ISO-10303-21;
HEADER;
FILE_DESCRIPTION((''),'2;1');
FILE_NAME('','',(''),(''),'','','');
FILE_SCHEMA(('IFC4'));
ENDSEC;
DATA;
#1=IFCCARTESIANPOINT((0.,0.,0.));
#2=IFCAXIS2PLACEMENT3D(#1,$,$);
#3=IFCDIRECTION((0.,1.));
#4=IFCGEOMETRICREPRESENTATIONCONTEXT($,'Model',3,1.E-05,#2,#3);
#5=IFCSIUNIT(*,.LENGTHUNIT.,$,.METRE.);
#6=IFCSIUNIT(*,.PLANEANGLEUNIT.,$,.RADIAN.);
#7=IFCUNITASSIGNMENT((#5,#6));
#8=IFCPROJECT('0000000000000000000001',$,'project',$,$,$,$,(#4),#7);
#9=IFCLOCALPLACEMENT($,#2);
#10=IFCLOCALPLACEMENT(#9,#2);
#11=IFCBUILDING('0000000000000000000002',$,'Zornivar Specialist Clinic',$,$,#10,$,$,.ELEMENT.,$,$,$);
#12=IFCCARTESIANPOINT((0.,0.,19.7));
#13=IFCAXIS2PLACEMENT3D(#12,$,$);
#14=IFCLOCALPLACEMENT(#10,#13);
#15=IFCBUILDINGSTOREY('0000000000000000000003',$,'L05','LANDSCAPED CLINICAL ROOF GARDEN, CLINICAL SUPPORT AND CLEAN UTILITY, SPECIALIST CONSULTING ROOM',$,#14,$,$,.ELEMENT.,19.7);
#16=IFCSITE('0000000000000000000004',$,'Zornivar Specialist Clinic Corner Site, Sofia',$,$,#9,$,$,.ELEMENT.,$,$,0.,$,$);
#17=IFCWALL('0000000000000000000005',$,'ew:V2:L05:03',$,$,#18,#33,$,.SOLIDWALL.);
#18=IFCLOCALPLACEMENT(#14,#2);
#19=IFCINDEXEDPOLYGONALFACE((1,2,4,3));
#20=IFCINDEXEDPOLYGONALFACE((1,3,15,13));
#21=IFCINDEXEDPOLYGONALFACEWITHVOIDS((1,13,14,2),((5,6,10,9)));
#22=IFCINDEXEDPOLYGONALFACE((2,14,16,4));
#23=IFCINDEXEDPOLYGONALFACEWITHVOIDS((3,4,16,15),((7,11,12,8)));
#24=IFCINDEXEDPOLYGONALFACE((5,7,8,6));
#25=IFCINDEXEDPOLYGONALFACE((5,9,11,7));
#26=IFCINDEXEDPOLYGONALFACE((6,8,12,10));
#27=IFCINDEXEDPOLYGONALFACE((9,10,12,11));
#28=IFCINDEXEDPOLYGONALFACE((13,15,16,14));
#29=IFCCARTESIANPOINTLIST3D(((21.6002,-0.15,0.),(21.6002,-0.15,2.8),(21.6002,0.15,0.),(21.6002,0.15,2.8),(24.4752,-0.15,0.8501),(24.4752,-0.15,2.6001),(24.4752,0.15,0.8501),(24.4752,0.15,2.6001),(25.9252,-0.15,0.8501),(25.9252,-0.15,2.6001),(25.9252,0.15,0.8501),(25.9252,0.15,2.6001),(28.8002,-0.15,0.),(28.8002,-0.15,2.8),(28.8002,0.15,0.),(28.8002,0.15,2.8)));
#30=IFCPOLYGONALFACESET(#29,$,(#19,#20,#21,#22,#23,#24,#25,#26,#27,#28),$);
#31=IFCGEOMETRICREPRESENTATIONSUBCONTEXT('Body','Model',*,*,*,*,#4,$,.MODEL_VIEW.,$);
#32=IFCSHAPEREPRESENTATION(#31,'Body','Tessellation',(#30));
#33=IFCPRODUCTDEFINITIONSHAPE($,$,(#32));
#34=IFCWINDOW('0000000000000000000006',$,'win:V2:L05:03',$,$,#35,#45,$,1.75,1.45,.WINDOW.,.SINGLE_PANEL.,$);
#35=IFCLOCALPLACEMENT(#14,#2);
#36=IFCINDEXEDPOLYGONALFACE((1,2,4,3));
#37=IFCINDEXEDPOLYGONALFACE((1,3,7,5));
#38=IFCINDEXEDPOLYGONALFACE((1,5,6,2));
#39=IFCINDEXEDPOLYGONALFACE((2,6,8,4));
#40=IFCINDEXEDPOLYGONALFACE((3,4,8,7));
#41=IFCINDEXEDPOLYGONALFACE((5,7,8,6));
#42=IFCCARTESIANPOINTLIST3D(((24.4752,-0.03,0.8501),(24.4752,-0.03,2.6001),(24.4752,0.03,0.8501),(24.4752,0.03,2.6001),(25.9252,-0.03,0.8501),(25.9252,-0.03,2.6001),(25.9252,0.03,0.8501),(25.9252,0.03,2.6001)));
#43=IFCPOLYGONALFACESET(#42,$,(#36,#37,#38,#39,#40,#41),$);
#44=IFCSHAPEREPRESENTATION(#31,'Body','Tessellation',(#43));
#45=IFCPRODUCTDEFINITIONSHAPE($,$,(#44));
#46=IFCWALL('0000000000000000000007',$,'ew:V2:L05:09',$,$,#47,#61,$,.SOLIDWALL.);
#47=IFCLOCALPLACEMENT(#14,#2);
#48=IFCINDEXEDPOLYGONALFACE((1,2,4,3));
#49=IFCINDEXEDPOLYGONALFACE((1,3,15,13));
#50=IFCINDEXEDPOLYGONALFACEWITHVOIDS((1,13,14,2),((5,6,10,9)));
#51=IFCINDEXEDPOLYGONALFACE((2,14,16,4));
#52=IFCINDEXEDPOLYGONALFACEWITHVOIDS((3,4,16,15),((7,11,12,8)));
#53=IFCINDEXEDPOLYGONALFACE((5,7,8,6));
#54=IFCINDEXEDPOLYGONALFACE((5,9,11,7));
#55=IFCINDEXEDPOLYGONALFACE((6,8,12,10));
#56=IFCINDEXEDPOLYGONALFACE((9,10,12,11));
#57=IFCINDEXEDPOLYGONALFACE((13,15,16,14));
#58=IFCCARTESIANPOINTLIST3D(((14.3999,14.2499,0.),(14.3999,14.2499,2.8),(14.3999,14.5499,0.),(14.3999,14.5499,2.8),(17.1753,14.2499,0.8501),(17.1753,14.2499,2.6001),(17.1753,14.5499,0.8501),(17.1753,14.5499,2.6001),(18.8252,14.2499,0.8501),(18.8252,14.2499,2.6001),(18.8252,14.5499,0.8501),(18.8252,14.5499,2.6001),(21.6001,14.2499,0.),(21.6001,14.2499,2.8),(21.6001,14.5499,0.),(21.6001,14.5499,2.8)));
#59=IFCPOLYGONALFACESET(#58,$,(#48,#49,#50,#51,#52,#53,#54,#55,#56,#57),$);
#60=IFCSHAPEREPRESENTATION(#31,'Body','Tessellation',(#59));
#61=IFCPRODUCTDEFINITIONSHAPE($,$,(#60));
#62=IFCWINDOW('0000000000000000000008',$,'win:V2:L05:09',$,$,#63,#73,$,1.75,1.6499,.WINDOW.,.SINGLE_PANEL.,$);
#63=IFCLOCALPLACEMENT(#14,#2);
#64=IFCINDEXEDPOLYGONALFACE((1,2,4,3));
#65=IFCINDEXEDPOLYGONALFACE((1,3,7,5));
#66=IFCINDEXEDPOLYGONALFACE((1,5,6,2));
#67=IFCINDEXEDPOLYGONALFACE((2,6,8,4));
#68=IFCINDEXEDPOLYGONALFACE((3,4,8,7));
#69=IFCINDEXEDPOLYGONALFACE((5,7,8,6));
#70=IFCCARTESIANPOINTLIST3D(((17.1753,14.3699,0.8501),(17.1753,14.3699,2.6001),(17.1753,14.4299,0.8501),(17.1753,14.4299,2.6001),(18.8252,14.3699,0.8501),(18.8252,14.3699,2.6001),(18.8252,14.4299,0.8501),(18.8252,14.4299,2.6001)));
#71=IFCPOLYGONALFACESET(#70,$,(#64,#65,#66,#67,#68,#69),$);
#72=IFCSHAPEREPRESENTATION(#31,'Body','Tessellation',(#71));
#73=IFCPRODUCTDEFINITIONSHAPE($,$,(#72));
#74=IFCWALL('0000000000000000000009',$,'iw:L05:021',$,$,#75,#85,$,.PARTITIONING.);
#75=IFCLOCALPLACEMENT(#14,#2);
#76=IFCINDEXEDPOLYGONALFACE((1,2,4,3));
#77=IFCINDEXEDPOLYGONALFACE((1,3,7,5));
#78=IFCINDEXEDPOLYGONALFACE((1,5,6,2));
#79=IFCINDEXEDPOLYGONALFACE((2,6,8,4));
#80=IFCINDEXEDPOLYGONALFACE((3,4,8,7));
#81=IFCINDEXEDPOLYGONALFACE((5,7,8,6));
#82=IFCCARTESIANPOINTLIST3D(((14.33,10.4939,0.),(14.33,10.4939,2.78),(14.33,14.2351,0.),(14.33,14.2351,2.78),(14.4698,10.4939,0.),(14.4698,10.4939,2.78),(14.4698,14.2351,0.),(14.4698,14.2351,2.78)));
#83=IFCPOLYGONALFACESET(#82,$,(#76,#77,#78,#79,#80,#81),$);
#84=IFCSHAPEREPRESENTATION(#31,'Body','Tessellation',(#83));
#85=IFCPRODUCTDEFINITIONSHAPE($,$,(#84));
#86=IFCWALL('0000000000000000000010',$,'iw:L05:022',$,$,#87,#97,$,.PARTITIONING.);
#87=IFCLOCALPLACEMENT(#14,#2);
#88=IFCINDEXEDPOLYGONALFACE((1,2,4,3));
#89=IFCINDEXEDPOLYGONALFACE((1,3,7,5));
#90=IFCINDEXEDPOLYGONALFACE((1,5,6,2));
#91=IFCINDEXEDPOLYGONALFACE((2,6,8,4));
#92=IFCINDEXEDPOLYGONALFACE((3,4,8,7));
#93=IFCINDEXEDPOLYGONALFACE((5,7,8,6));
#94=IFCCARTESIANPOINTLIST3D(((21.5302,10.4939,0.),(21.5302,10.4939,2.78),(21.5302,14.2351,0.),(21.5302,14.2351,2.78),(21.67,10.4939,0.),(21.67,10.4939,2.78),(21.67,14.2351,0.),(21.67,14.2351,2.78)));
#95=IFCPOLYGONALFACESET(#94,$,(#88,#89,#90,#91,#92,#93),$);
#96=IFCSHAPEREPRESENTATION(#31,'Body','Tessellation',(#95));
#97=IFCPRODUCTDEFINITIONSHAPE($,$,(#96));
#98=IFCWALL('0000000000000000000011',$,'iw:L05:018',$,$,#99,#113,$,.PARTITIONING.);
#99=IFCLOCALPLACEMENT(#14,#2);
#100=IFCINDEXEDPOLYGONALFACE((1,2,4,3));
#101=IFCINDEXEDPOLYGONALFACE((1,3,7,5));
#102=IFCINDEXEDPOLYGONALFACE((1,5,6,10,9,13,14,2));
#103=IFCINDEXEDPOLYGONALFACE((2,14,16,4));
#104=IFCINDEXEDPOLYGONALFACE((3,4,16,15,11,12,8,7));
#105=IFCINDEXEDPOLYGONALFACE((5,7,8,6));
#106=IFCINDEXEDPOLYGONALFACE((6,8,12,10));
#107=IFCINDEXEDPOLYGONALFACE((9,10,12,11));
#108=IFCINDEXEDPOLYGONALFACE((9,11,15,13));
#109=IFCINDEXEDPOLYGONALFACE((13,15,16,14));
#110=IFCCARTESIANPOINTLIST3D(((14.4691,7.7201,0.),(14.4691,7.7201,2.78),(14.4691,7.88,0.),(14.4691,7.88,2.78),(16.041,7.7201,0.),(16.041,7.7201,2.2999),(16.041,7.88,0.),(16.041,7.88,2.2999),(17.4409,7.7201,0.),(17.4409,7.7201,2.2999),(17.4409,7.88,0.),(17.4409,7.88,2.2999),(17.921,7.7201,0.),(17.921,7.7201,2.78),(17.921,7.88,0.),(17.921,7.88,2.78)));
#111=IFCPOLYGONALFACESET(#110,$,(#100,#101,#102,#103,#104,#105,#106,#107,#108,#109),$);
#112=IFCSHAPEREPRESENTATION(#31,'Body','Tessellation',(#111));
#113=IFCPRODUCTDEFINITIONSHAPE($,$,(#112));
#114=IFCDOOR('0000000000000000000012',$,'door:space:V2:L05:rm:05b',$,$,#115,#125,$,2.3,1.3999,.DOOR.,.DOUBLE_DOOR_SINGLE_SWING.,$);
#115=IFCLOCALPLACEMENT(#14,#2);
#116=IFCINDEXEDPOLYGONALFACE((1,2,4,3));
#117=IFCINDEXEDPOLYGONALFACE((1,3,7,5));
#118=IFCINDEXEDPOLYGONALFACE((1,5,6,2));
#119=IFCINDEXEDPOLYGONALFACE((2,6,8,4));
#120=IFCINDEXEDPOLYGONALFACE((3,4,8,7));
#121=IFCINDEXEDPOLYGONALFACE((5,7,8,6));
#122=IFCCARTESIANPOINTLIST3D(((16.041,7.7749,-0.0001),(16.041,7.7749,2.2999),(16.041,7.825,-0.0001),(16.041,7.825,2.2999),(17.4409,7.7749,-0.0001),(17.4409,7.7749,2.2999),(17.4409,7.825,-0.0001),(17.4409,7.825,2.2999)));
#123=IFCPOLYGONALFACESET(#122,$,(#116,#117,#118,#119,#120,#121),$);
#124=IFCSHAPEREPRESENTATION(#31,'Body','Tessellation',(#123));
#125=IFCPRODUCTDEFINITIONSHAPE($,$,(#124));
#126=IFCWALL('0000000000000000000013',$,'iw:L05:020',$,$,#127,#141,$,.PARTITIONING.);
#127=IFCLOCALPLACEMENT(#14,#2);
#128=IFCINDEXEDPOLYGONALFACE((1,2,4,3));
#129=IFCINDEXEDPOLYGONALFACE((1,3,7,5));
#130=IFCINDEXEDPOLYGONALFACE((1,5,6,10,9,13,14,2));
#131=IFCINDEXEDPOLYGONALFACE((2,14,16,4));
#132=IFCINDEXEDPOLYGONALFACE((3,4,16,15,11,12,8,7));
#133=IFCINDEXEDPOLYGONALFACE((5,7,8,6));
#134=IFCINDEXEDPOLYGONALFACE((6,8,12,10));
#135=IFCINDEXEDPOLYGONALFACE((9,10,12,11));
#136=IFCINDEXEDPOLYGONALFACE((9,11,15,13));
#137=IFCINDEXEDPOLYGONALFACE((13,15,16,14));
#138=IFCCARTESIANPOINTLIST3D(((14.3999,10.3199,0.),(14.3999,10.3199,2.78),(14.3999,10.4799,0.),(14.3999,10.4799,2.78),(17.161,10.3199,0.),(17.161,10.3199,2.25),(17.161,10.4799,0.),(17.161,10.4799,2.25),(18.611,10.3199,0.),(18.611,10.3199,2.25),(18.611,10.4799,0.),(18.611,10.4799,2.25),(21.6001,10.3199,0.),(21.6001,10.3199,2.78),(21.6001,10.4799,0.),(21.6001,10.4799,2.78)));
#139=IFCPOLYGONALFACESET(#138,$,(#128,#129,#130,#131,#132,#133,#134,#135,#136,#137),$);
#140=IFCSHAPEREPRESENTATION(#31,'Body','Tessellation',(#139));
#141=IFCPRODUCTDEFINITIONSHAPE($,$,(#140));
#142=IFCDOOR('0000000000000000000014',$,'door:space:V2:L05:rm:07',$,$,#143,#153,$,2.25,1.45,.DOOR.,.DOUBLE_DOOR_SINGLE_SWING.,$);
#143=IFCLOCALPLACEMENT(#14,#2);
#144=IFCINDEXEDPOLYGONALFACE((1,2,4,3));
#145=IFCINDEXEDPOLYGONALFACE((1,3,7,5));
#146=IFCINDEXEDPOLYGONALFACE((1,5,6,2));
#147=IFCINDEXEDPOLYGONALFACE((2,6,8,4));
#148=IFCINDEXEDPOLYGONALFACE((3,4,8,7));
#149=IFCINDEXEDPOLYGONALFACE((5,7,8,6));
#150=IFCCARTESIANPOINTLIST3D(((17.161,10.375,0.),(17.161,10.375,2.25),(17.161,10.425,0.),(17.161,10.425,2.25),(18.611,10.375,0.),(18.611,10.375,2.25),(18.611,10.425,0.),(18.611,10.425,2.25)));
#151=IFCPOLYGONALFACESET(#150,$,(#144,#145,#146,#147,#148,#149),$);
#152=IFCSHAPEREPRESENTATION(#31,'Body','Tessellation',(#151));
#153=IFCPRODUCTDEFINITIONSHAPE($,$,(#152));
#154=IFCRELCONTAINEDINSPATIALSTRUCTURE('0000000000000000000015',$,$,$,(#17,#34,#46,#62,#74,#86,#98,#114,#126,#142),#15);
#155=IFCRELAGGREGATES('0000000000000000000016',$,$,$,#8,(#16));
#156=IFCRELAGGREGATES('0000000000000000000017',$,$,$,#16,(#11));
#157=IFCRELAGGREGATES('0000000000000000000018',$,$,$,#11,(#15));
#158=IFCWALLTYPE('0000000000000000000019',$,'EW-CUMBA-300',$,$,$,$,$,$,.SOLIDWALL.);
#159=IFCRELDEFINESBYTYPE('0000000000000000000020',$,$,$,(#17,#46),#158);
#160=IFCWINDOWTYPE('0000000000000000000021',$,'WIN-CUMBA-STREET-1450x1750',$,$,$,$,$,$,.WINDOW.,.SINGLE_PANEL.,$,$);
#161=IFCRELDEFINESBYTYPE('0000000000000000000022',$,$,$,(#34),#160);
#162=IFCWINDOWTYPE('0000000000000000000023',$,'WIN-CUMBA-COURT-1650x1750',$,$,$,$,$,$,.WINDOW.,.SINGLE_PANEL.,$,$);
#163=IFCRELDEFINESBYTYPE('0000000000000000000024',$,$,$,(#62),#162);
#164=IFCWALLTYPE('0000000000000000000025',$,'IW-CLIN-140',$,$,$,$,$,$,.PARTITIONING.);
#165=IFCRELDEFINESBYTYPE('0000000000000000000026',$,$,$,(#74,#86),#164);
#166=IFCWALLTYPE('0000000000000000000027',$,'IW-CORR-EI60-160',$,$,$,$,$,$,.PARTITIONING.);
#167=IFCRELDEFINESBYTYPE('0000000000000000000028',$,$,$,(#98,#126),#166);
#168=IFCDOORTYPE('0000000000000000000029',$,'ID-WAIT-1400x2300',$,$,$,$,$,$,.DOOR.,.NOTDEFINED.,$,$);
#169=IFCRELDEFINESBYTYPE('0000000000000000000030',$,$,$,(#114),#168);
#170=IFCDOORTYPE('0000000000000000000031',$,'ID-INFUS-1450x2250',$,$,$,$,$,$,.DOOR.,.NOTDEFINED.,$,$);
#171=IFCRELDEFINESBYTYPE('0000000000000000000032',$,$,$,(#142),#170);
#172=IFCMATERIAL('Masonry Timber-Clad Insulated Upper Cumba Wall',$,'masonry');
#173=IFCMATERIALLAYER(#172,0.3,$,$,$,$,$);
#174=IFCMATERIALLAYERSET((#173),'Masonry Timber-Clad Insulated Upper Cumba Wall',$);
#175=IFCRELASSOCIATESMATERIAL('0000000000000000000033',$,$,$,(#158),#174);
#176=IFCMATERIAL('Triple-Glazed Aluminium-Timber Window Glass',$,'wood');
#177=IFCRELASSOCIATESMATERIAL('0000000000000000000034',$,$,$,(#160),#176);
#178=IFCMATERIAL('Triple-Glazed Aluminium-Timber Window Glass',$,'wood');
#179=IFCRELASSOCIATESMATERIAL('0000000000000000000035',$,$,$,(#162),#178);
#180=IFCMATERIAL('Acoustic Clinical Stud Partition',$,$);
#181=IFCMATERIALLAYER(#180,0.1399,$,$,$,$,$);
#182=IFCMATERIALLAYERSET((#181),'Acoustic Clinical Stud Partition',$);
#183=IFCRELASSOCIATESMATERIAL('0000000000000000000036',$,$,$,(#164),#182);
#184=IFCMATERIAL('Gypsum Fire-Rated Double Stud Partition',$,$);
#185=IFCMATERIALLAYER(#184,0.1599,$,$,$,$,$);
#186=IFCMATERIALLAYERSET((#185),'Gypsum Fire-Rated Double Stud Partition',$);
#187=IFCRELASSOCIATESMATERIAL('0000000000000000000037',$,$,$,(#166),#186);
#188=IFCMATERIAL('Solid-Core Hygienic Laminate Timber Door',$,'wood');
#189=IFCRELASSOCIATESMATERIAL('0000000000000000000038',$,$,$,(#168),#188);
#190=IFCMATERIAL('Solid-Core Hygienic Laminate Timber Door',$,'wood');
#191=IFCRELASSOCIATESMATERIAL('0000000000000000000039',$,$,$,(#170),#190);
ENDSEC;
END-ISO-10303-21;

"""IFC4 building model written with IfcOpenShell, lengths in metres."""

from ifc_helpers import new_model, si_unit, direction, frame, frame_2d, origin, place, context, subcontext, project, spatial, rectangle, extrude, material, layer, layer_set, type_object, element, fill, save


model = new_model("IFC4")

# Units and contexts
model_context = context("Model", 3, precision=1e-05, world=origin(), true_north=direction((0.0, 1.0)))
body_context = subcontext(model_context, "Body", "Model", "MODEL_VIEW")
ifc_project = project(units=[si_unit("LENGTHUNIT", "METRE"), si_unit("PLANEANGLEUNIT", "RADIAN")], contexts=[model_context])

# Site, building, storey
site_placement = place(None, origin())
site = spatial("IfcSite", under=ifc_project, at=site_placement, Name="Zornivar Specialist Clinic Corner Site, Sofia", CompositionType="ELEMENT", RefElevation=0.0)
building_placement = place(site_placement, origin())
building = spatial("IfcBuilding", under=site, at=building_placement, Name="Zornivar Specialist Clinic", CompositionType="ELEMENT")
storey_placement = place(building_placement, frame((0.0, 0.0, 19.7)))
storey = spatial("IfcBuildingStorey", under=building, at=storey_placement, Name="L05", Description="LANDSCAPED CLINICAL ROOF GARDEN, CLINICAL SUPPORT AND CLEAN UTILITY, SPECIALIST CONSULTING ROOM", CompositionType="ELEMENT", Elevation=19.7)

# Walls, openings, windows
ifc_material_1 = material(Name="Masonry Timber-Clad Insulated Upper Cumba Wall", Category="masonry")
ifc_layer_1 = layer(ifc_material_1, 0.3)
ifc_layer_set_1 = layer_set([ifc_layer_1], Name="Masonry Timber-Clad Insulated Upper Cumba Wall")
wall_type_1 = type_object("IfcWallType", Name="EW-CUMBA-300", PredefinedType="SOLIDWALL", material=ifc_layer_set_1)
wall_1_placement = place(storey_placement, frame((21.6001, 0.0, 0.0), z_axis=(0.0, 0.0, 1.0), x_axis=(1.0, 0.0, 0.0)))
wall_1 = element("IfcWall", 1, at=wall_1_placement, inside=storey, type_object=wall_type_1, Name="ew:V2:L05:03", PredefinedType="SOLIDWALL", context=body_context, shape_type="SweptSolid", body=[
    extrude(rectangle(XDim=7.2, YDim=0.3, at=frame_2d((3.6001, 0.0))), origin(), (0.0, 0.0, 1.0), 2.8),
])
opening_1_placement = place(wall_1_placement, frame((2.875, 0.0, 0.8501)))
opening_1 = element("IfcOpeningElement", 2, at=opening_1_placement, cuts=wall_1, PredefinedType="OPENING", context=body_context, shape_type="SweptSolid", body=[
    extrude(rectangle(XDim=1.45, YDim=1.75, at=frame_2d((0.7251, 0.875))), frame((0.0, 0.1599, 0.0), z_axis=(0.0, -1.0, 0.0), x_axis=(1.0, 0.0, 0.0)), (0.0, 0.0, 1.0), 0.3201),
])
ifc_material_2 = material(Name="Triple-Glazed Aluminium-Timber Window Glass", Category="wood")
window_type_1 = type_object("IfcWindowType", Name="WIN-CUMBA-STREET-1450x1750", PartitioningType="SINGLE_PANEL", PredefinedType="WINDOW", material=ifc_material_2)
window_1_placement = place(opening_1_placement, origin())
window_1 = element("IfcWindow", 3, at=window_1_placement, inside=storey, type_object=window_type_1, Name="win:V2:L05:03", OverallHeight=1.75, OverallWidth=1.45, PartitioningType="SINGLE_PANEL", PredefinedType="WINDOW", context=body_context, shape_type="SweptSolid", body=[
    extrude(rectangle(XDim=1.45, YDim=1.75, at=frame_2d((0.7251, 0.875))), frame((0.0, 0.03, 0.0), z_axis=(0.0, -1.0, 0.0), x_axis=(1.0, 0.0, 0.0)), (0.0, 0.0, 1.0), 0.0601),
])
fill(opening_1, window_1)
wall_2_placement = place(storey_placement, frame((21.6001, 14.3999, 0.0), z_axis=(0.0, 0.0, 1.0), x_axis=(-1.0, 0.0, 0.0)))
wall_2 = element("IfcWall", 4, at=wall_2_placement, inside=storey, type_object=wall_type_1, Name="ew:V2:L05:09", PredefinedType="SOLIDWALL", context=body_context, shape_type="SweptSolid", body=[
    extrude(rectangle(XDim=7.2002, YDim=0.3, at=frame_2d((3.6001, 0.0))), origin(), (0.0, 0.0, 1.0), 2.8),
])
opening_2_placement = place(wall_2_placement, frame((2.7749, 0.0, 0.8501)))
opening_2 = element("IfcOpeningElement", 5, at=opening_2_placement, cuts=wall_2, PredefinedType="OPENING", context=body_context, shape_type="SweptSolid", body=[
    extrude(rectangle(XDim=1.6499, YDim=1.75, at=frame_2d((0.825, 0.875))), frame((0.0, 0.1599, 0.0), z_axis=(0.0, -1.0, 0.0), x_axis=(1.0, 0.0, 0.0)), (0.0, 0.0, 1.0), 0.3201),
])
ifc_material_3 = material(Name="Triple-Glazed Aluminium-Timber Window Glass", Category="wood")
window_type_2 = type_object("IfcWindowType", Name="WIN-CUMBA-COURT-1650x1750", PartitioningType="SINGLE_PANEL", PredefinedType="WINDOW", material=ifc_material_3)
window_2_placement = place(opening_2_placement, origin())
window_2 = element("IfcWindow", 6, at=window_2_placement, inside=storey, type_object=window_type_2, Name="win:V2:L05:09", OverallHeight=1.75, OverallWidth=1.6499, PartitioningType="SINGLE_PANEL", PredefinedType="WINDOW", context=body_context, shape_type="SweptSolid", body=[
    extrude(rectangle(XDim=1.6499, YDim=1.75, at=frame_2d((0.825, 0.875))), frame((0.0, 0.03, 0.0), z_axis=(0.0, -1.0, 0.0), x_axis=(1.0, 0.0, 0.0)), (0.0, 0.0, 1.0), 0.0601),
])
fill(opening_2, window_2)

# Walls
ifc_material_4 = material(Name="Acoustic Clinical Stud Partition")
ifc_layer_2 = layer(ifc_material_4, 0.1399)
ifc_layer_set_2 = layer_set([ifc_layer_2], Name="Acoustic Clinical Stud Partition")
wall_type_2 = type_object("IfcWallType", Name="IW-CLIN-140", PredefinedType="PARTITIONING", material=ifc_layer_set_2)
for number, where, z_axis, x_axis, name in (
    (7, (14.3999, 10.4939, 0.0), (0.0, 0.0, 1.0), (0.0, 1.0, 0.0), "iw:L05:021"),
    (8, (21.6001, 14.2351, 0.0), (0.0, 0.0, 1.0), (0.0, -1.0, 0.0), "iw:L05:022"),
):
    element("IfcWall", number, at=place(storey_placement, frame(where, z_axis=z_axis, x_axis=x_axis)), inside=storey, type_object=wall_type_2, Name=name, PredefinedType="PARTITIONING", context=body_context, shape_type="SweptSolid", body=[
        extrude(rectangle(XDim=3.7412, YDim=0.1399, at=frame_2d((1.8706, 0.0))), origin(), (0.0, 0.0, 1.0), 2.78),
    ])

# Walls, openings, doors
ifc_material_5 = material(Name="Gypsum Fire-Rated Double Stud Partition")
ifc_layer_3 = layer(ifc_material_5, 0.1599)
ifc_layer_set_3 = layer_set([ifc_layer_3], Name="Gypsum Fire-Rated Double Stud Partition")
wall_type_3 = type_object("IfcWallType", Name="IW-CORR-EI60-160", PredefinedType="PARTITIONING", material=ifc_layer_set_3)
wall_3_placement = place(storey_placement, frame((14.469, 7.8, 0.0), z_axis=(0.0, 0.0, 1.0), x_axis=(1.0, 0.0, 0.0)))
wall_3 = element("IfcWall", 9, at=wall_3_placement, inside=storey, type_object=wall_type_3, Name="iw:L05:018", PredefinedType="PARTITIONING", context=body_context, shape_type="SweptSolid", body=[
    extrude(rectangle(XDim=3.4519, YDim=0.1599, at=frame_2d((1.7261, 0.0))), origin(), (0.0, 0.0, 1.0), 2.78),
])
opening_3_placement = place(wall_3_placement, frame((1.572, 0.0, 0.0)))
opening_3 = element("IfcOpeningElement", 10, at=opening_3_placement, cuts=wall_3, PredefinedType="OPENING", context=body_context, shape_type="SweptSolid", body=[
    extrude(rectangle(XDim=1.3999, YDim=2.3, at=frame_2d((0.7, 1.1499))), frame((0.0, 0.0898, 0.0), z_axis=(0.0, -1.0, 0.0), x_axis=(1.0, 0.0, 0.0)), (0.0, 0.0, 1.0), 0.1799),
])
ifc_material_6 = material(Name="Solid-Core Hygienic Laminate Timber Door", Category="wood")
door_type_1 = type_object("IfcDoorType", Name="ID-WAIT-1400x2300", OperationType="NOTDEFINED", PredefinedType="DOOR", material=ifc_material_6)
door_1_placement = place(opening_3_placement, origin())
door_1 = element("IfcDoor", 11, at=door_1_placement, inside=storey, type_object=door_type_1, Name="door:space:V2:L05:rm:05b", OperationType="DOUBLE_DOOR_SINGLE_SWING", OverallHeight=2.3, OverallWidth=1.3999, PredefinedType="DOOR", context=body_context, shape_type="SweptSolid", body=[
    extrude(rectangle(XDim=1.3999, YDim=2.3, at=frame_2d((0.7, 1.1499))), frame((0.0, 0.0249, 0.0), z_axis=(0.0, -1.0, 0.0), x_axis=(1.0, 0.0, 0.0)), (0.0, 0.0, 1.0), 0.05),
])
fill(opening_3, door_1)
wall_4_placement = place(storey_placement, frame((21.6001, 10.3999, 0.0), z_axis=(0.0, 0.0, 1.0), x_axis=(-1.0, 0.0, 0.0)))
wall_4 = element("IfcWall", 12, at=wall_4_placement, inside=storey, type_object=wall_type_3, Name="iw:L05:020", PredefinedType="PARTITIONING", context=body_context, shape_type="SweptSolid", body=[
    extrude(rectangle(XDim=7.2002, YDim=0.1599, at=frame_2d((3.6001, 0.0))), origin(), (0.0, 0.0, 1.0), 2.78),
])
opening_4_placement = place(wall_4_placement, frame((2.989, 0.0, 0.0)))
opening_4 = element("IfcOpeningElement", 13, at=opening_4_placement, cuts=wall_4, PredefinedType="OPENING", context=body_context, shape_type="SweptSolid", body=[
    extrude(rectangle(XDim=1.45, YDim=2.25, at=frame_2d((0.7251, 1.125))), frame((0.0, 0.0898, 0.0), z_axis=(0.0, -1.0, 0.0), x_axis=(1.0, 0.0, 0.0)), (0.0, 0.0, 1.0), 0.1799),
])
ifc_material_7 = material(Name="Solid-Core Hygienic Laminate Timber Door", Category="wood")
door_type_2 = type_object("IfcDoorType", Name="ID-INFUS-1450x2250", OperationType="NOTDEFINED", PredefinedType="DOOR", material=ifc_material_7)
door_2_placement = place(opening_4_placement, origin())
door_2 = element("IfcDoor", 14, at=door_2_placement, inside=storey, type_object=door_type_2, Name="door:space:V2:L05:rm:07", OperationType="DOUBLE_DOOR_SINGLE_SWING", OverallHeight=2.25, OverallWidth=1.45, PredefinedType="DOOR", context=body_context, shape_type="SweptSolid", body=[
    extrude(rectangle(XDim=1.45, YDim=2.25, at=frame_2d((0.7251, 1.125))), frame((0.0, 0.0249, 0.0), z_axis=(0.0, -1.0, 0.0), x_axis=(1.0, 0.0, 0.0)), (0.0, 0.0, 1.0), 0.05),
])
fill(opening_4, door_2)

save(model, "model.ifc")
